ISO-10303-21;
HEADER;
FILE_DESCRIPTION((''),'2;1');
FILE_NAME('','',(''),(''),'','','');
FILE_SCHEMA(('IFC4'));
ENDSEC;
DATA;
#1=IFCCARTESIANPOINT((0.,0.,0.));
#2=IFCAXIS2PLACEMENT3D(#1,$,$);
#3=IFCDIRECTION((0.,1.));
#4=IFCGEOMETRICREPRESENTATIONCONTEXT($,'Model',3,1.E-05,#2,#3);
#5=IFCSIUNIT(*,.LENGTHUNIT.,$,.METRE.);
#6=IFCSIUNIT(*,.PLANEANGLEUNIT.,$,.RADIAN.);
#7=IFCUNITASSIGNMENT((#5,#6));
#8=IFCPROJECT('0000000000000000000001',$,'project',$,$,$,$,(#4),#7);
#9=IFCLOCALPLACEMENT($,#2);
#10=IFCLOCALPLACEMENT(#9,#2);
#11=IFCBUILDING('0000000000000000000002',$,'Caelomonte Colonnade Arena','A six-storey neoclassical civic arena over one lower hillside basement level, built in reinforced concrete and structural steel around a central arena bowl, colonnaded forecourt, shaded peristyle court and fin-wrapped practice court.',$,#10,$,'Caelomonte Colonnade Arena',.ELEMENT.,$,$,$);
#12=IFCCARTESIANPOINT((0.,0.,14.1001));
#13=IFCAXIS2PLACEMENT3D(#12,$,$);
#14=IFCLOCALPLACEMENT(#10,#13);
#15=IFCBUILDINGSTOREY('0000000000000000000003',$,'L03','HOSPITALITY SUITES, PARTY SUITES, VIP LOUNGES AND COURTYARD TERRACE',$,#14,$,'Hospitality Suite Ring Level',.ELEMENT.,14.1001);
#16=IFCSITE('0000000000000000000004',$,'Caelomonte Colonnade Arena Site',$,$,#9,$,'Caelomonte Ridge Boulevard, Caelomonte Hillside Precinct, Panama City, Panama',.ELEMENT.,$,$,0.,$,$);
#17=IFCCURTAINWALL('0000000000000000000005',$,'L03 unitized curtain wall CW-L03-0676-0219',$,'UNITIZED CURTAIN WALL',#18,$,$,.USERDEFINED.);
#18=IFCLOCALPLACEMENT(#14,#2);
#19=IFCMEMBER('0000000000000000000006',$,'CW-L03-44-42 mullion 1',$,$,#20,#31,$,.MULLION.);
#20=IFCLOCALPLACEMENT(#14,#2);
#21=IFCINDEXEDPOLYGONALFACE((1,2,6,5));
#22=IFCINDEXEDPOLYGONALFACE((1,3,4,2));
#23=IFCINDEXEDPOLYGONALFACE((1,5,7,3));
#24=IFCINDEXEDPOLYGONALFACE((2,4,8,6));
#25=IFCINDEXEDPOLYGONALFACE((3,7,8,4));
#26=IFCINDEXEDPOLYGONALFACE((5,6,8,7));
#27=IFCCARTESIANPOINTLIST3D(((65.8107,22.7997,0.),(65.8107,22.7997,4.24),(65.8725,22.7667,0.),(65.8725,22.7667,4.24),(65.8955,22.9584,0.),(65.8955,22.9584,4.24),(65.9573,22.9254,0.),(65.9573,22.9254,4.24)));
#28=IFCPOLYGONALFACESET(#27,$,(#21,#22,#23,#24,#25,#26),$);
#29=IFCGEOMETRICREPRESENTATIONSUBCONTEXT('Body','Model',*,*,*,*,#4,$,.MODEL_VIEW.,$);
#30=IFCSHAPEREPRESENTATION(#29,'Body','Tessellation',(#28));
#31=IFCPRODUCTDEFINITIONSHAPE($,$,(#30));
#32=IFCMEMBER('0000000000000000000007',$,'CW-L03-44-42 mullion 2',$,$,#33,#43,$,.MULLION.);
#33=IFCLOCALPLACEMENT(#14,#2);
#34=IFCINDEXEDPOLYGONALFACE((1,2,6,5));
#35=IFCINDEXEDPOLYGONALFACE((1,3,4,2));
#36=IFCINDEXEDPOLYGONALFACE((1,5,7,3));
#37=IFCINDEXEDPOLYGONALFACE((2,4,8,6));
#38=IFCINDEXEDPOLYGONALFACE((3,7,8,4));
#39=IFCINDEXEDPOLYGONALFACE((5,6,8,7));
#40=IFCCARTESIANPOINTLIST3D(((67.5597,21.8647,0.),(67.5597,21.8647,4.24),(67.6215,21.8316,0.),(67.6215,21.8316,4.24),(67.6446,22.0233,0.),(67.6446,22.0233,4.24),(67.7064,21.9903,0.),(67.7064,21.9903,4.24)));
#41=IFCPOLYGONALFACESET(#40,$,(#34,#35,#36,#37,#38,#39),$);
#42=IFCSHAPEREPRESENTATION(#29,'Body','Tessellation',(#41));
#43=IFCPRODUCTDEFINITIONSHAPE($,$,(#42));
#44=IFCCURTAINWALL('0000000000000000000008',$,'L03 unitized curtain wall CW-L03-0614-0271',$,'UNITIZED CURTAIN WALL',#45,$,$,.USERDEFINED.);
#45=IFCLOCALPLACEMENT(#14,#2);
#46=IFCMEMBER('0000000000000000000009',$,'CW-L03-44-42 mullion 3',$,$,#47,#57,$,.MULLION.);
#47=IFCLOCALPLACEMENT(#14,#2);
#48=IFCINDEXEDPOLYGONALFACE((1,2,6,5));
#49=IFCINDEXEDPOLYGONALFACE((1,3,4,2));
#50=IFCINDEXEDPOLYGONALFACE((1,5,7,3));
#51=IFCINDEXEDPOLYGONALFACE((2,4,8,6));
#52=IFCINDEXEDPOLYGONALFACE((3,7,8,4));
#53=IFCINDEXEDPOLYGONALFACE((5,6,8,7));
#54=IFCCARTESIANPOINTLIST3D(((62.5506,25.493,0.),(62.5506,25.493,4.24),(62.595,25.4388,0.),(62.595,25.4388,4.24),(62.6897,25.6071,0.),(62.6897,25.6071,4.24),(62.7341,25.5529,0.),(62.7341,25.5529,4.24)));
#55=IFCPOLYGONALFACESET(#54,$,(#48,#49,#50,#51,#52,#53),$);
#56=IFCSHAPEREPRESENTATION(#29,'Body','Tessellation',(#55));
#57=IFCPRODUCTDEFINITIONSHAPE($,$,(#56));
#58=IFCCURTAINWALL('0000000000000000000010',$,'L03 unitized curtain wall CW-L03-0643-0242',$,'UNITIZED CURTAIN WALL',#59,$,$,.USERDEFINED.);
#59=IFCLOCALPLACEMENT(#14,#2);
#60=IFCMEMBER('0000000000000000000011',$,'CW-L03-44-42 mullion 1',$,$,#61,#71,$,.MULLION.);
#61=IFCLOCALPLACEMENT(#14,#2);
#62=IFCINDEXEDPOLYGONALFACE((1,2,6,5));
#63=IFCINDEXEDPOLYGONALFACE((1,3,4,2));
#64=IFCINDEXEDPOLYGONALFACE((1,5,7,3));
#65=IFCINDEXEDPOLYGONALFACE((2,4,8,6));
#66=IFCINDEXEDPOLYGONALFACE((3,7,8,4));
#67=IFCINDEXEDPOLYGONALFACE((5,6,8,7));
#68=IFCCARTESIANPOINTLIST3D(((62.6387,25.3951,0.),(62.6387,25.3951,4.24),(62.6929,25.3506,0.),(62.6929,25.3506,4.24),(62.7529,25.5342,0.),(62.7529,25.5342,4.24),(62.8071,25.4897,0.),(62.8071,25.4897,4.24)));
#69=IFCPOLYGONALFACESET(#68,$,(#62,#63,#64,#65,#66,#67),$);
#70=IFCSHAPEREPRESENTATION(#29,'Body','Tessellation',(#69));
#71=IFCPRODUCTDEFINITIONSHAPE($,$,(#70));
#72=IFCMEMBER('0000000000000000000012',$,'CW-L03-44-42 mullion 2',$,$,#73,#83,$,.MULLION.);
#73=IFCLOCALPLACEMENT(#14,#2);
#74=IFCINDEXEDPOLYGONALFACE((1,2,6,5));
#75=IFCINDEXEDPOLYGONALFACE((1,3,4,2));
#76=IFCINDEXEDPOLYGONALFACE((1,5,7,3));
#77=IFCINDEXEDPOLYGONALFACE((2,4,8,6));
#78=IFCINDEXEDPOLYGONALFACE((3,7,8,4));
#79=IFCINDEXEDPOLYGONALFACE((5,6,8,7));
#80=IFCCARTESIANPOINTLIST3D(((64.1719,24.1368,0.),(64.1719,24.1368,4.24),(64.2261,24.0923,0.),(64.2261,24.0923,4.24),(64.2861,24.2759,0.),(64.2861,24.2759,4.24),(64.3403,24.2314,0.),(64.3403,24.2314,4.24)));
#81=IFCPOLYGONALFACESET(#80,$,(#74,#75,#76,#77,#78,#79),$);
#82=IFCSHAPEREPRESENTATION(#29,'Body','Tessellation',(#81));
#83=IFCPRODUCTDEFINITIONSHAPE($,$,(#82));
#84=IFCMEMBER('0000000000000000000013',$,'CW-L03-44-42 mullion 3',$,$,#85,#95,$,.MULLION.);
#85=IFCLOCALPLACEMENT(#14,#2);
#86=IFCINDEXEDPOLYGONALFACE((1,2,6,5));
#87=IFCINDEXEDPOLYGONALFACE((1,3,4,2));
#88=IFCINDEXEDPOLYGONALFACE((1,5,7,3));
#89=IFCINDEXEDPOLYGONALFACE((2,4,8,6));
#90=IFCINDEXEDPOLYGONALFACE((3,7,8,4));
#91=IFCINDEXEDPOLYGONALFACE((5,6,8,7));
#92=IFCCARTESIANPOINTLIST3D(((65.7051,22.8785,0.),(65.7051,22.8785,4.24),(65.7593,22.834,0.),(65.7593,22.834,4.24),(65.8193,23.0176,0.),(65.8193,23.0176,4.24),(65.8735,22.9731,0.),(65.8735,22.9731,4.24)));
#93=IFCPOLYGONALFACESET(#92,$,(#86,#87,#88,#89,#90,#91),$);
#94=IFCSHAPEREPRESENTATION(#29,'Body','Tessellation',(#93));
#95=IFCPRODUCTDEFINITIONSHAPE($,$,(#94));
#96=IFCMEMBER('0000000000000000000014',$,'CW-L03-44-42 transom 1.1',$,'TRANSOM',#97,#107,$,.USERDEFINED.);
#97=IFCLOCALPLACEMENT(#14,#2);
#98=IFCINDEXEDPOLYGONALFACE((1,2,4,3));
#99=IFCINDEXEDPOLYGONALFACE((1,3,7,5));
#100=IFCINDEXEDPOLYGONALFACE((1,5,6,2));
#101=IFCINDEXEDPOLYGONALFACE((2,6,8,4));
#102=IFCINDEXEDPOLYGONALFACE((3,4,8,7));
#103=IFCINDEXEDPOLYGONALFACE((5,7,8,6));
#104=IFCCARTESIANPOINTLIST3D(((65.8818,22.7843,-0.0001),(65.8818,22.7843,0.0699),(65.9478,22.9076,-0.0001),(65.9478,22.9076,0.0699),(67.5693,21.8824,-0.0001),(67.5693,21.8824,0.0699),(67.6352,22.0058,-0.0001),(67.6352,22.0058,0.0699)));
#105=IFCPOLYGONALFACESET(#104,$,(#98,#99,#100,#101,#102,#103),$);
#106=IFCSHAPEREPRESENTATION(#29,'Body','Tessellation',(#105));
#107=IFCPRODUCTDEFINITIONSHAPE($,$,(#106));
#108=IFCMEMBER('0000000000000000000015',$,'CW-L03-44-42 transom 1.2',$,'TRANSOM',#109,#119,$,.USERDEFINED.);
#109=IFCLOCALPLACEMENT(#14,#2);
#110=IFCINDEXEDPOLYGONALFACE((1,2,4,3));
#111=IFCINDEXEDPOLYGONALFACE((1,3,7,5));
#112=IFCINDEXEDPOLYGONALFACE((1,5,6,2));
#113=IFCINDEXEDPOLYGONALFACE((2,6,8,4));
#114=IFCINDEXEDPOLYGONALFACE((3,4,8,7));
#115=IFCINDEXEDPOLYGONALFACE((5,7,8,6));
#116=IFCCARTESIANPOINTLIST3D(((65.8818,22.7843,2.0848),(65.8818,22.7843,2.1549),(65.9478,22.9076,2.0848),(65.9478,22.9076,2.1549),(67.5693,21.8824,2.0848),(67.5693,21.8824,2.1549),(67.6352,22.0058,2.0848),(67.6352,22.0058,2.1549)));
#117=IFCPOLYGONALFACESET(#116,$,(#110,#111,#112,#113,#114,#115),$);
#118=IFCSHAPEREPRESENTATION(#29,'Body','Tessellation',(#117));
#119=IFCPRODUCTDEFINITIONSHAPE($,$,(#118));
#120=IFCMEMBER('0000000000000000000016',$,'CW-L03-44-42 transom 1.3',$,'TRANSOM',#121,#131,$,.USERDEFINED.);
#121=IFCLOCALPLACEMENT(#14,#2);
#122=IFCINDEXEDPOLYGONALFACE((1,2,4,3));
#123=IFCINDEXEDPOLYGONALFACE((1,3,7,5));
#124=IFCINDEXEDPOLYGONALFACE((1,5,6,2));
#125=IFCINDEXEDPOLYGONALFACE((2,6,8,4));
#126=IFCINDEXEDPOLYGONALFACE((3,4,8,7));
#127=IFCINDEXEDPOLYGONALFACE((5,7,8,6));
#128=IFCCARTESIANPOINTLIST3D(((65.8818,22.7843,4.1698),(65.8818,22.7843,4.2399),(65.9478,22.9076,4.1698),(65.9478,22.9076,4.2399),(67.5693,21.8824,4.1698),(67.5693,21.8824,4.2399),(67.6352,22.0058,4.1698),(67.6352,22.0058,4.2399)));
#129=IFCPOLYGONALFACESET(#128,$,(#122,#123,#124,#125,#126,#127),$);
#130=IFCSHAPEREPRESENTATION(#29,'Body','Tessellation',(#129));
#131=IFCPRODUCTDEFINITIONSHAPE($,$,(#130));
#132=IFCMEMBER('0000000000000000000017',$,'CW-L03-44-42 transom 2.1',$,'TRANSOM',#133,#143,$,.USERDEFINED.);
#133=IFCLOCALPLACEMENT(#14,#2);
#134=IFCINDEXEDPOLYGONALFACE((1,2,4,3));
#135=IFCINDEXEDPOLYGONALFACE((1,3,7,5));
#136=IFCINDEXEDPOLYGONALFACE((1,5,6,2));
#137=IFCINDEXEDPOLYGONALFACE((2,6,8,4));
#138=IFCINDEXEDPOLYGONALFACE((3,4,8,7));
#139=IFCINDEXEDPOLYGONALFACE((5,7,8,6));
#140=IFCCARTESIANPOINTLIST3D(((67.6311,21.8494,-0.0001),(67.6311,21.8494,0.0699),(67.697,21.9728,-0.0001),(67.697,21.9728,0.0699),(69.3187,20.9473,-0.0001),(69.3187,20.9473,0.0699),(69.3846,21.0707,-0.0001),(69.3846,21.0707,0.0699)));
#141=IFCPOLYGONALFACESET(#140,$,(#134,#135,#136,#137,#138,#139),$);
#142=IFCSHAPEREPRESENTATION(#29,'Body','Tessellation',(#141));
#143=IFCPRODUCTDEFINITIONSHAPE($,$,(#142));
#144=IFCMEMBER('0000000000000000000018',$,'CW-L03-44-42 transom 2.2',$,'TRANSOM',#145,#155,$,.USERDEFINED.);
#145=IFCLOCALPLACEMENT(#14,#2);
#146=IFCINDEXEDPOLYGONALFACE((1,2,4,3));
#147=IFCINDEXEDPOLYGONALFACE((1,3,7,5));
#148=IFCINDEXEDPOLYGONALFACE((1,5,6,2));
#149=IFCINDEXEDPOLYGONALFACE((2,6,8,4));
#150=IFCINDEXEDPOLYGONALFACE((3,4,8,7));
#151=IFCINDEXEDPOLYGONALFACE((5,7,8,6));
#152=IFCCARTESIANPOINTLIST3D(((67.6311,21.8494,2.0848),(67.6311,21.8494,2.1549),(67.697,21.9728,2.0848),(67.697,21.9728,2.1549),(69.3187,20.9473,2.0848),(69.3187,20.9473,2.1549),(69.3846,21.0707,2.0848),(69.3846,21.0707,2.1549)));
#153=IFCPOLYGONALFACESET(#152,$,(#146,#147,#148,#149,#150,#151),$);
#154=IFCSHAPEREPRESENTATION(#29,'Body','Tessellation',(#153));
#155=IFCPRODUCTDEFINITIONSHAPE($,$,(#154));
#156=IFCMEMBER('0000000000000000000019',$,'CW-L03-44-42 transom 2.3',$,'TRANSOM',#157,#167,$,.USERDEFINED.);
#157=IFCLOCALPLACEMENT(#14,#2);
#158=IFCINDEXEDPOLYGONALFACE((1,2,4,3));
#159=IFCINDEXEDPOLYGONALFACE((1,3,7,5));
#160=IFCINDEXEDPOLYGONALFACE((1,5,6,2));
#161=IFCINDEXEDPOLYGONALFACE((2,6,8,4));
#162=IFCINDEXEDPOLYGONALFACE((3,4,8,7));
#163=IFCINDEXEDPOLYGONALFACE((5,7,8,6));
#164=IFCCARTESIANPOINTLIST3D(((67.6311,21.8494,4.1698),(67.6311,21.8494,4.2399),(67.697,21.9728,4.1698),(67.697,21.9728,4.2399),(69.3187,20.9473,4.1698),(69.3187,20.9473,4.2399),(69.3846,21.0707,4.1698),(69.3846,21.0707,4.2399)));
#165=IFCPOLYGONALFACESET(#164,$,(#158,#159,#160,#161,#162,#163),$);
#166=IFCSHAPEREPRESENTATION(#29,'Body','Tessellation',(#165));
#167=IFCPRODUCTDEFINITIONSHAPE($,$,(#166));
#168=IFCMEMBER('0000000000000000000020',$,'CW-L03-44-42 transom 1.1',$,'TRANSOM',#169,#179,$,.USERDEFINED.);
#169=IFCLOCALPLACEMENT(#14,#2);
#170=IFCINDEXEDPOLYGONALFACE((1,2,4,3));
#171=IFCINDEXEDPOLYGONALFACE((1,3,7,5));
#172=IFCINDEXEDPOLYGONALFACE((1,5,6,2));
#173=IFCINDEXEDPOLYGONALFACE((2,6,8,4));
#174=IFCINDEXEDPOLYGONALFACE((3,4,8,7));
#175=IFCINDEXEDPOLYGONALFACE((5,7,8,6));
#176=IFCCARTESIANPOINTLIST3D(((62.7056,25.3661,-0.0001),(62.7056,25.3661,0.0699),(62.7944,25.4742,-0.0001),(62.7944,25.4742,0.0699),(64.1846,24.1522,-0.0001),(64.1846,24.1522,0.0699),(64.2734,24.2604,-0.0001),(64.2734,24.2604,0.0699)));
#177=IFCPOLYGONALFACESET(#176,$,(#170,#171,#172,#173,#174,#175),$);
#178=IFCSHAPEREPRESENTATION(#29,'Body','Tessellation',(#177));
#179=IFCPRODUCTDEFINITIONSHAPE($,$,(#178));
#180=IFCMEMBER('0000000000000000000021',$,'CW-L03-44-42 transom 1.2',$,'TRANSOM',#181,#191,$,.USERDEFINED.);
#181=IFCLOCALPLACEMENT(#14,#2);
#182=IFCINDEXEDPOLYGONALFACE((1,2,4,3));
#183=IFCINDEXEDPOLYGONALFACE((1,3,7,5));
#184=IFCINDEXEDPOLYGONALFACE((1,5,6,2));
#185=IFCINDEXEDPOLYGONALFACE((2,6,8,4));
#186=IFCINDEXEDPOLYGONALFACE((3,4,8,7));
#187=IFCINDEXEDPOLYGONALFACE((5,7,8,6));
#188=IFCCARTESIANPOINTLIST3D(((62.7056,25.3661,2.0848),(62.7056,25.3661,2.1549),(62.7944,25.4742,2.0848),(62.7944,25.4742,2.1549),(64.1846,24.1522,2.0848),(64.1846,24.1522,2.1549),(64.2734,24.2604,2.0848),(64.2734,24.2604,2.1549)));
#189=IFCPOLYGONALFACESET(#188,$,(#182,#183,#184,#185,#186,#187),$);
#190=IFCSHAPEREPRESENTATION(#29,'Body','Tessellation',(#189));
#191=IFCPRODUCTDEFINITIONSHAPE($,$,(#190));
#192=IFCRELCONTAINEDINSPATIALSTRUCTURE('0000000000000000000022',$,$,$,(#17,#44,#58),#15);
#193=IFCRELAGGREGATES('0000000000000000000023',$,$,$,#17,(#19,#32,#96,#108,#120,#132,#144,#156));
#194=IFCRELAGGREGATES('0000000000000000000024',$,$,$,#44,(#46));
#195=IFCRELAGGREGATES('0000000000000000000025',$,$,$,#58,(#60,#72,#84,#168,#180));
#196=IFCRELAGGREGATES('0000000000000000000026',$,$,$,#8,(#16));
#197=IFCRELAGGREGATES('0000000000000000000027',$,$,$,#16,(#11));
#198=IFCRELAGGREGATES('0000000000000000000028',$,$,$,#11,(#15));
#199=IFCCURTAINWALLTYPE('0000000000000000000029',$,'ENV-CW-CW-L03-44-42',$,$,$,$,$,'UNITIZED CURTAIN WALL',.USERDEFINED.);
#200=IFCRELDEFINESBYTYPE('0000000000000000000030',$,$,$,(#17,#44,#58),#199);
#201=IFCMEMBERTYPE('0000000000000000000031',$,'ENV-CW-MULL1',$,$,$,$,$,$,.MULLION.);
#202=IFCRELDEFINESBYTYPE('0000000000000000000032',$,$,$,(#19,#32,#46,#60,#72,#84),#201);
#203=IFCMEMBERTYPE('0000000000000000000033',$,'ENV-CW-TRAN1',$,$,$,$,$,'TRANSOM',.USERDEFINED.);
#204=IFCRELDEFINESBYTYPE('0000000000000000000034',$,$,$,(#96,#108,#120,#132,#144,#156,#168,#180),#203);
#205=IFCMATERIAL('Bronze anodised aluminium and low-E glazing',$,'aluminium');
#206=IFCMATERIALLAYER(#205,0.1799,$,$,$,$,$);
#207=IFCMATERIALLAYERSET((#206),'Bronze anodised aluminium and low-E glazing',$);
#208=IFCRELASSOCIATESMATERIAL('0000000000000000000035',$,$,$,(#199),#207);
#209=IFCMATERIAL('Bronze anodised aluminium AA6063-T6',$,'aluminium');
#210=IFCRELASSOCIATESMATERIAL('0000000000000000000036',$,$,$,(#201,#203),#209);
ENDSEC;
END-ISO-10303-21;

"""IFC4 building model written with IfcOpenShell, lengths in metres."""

from ifc_helpers import new_model, si_unit, direction, frame, origin, origin_2d, place, context, subcontext, project, spatial, rectangle, extrude, material, layer, layer_set, material_profile, profile_set, type_object, element, aggregate, save


model = new_model("IFC4")

# Units and contexts
model_context = context("Model", 3, precision=1e-05, world=origin(), true_north=direction((0.0, 1.0)))
body_context = subcontext(model_context, "Body", "Model", "MODEL_VIEW")
ifc_project = project(units=[si_unit("LENGTHUNIT", "METRE"), si_unit("PLANEANGLEUNIT", "RADIAN")], contexts=[model_context])

# Site, building, storey
site_placement = place(None, origin())
site = spatial("IfcSite", under=ifc_project, at=site_placement, Name="Caelomonte Colonnade Arena Site", LongName="Caelomonte Ridge Boulevard, Caelomonte Hillside Precinct, Panama City, Panama", CompositionType="ELEMENT", RefElevation=0.0)
building_placement = place(site_placement, origin())
building = spatial("IfcBuilding", under=site, at=building_placement, Name="Caelomonte Colonnade Arena", Description="A six-storey neoclassical civic arena over one lower hillside basement level, built in reinforced concrete and structural steel around a central arena bowl, colonnaded forecourt, shaded peristyle court and fin-wrapped practice court.", LongName="Caelomonte Colonnade Arena", CompositionType="ELEMENT")
storey_placement = place(building_placement, frame((0.0, 0.0, 14.1001)))
storey = spatial("IfcBuildingStorey", under=building, at=storey_placement, Name="L03", Description="HOSPITALITY SUITES, PARTY SUITES, VIP LOUNGES AND COURTYARD TERRACE", LongName="Hospitality Suite Ring Level", CompositionType="ELEMENT", Elevation=14.1001)

# Curtain wall, members
ifc_material_1 = material(Name="Bronze anodised aluminium and low-E glazing", Category="aluminium")
ifc_layer_1 = layer(ifc_material_1, 0.1799)
ifc_layer_set_1 = layer_set([ifc_layer_1], Name="Bronze anodised aluminium and low-E glazing")
curtain_wall_type = type_object("IfcCurtainWallType", Name="ENV-CW-CW-L03-44-42", ElementType="UNITIZED CURTAIN WALL", PredefinedType="USERDEFINED", material=ifc_layer_set_1)
curtain_wall_1_placement = place(storey_placement, origin())
curtain_wall_1 = element("IfcCurtainWall", 1, at=curtain_wall_1_placement, inside=storey, type_object=curtain_wall_type, Name="L03 unitized curtain wall CW-L03-0676-0219", ObjectType="UNITIZED CURTAIN WALL", PredefinedType="USERDEFINED")
ifc_material_2 = material(Name="Bronze anodised aluminium AA6063-T6", Category="aluminium")
ifc_material_profile_1 = material_profile(ifc_material_2, rectangle(XDim=0.0701, YDim=0.1799, at=origin_2d()), Name="CWM-70X180")
ifc_profile_set_1 = profile_set([ifc_material_profile_1], Name="Bronze anodised aluminium AA6063-T6")
member_type_1 = type_object("IfcMemberType", Name="ENV-CW-MULL1", PredefinedType="MULLION", material=ifc_profile_set_1)
member_1_placement = place(storey_placement, frame((65.884, 22.8625, 0.0), z_axis=(0.0, 0.0, 1.0), x_axis=(0.881923, -0.471394, 0.0)))
member_1 = element("IfcMember", 2, at=member_1_placement, type_object=member_type_1, Name="CW-L03-44-42 mullion 1", PredefinedType="MULLION", context=body_context, shape_type="SweptSolid", body=[
    extrude(rectangle(XDim=0.0701, YDim=0.1799, at=origin_2d()), origin(), (0.0, 0.0, 1.0), 4.24),
])
member_2_placement = place(storey_placement, frame((67.6331, 21.9275, 0.0), z_axis=(0.0, 0.0, 1.0), x_axis=(0.881923, -0.471394, 0.0)))
member_2 = element("IfcMember", 3, at=member_2_placement, type_object=member_type_1, Name="CW-L03-44-42 mullion 2", PredefinedType="MULLION", context=body_context, shape_type="SweptSolid", body=[
    extrude(rectangle(XDim=0.0701, YDim=0.1799, at=origin_2d()), origin(), (0.0, 0.0, 1.0), 4.24),
])

# Curtain wall, member
curtain_wall_2_placement = place(storey_placement, origin())
curtain_wall_2 = element("IfcCurtainWall", 4, at=curtain_wall_2_placement, inside=storey, type_object=curtain_wall_type, Name="L03 unitized curtain wall CW-L03-0614-0271", ObjectType="UNITIZED CURTAIN WALL", PredefinedType="USERDEFINED")
member_3_placement = place(storey_placement, frame((62.6423, 25.5229, 0.0), z_axis=(0.0, 0.0, 1.0), x_axis=(0.634416, -0.772992, 0.0)))
member_3 = element("IfcMember", 5, at=member_3_placement, type_object=member_type_1, Name="CW-L03-44-42 mullion 3", PredefinedType="MULLION", context=body_context, shape_type="SweptSolid", body=[
    extrude(rectangle(XDim=0.0701, YDim=0.1799, at=origin_2d()), origin(), (0.0, 0.0, 1.0), 4.24),
])

# Curtain wall, members
curtain_wall_3_placement = place(storey_placement, origin())
curtain_wall_3 = element("IfcCurtainWall", 6, at=curtain_wall_3_placement, inside=storey, type_object=curtain_wall_type, Name="L03 unitized curtain wall CW-L03-0643-0242", ObjectType="UNITIZED CURTAIN WALL", PredefinedType="USERDEFINED")
member_4_placement = place(storey_placement, frame((62.7229, 25.4424, 0.0), z_axis=(0.0, 0.0, 1.0), x_axis=(0.772992, -0.634416, 0.0)))
member_4 = element("IfcMember", 7, at=member_4_placement, type_object=member_type_1, Name="CW-L03-44-42 mullion 1", PredefinedType="MULLION", context=body_context, shape_type="SweptSolid", body=[
    extrude(rectangle(XDim=0.0701, YDim=0.1799, at=origin_2d()), origin(), (0.0, 0.0, 1.0), 4.24),
])
member_5_placement = place(storey_placement, frame((64.2561, 24.1841, 0.0), z_axis=(0.0, 0.0, 1.0), x_axis=(0.772992, -0.634416, 0.0)))
member_5 = element("IfcMember", 8, at=member_5_placement, type_object=member_type_1, Name="CW-L03-44-42 mullion 2", PredefinedType="MULLION", context=body_context, shape_type="SweptSolid", body=[
    extrude(rectangle(XDim=0.0701, YDim=0.1799, at=origin_2d()), origin(), (0.0, 0.0, 1.0), 4.24),
])
member_6_placement = place(storey_placement, frame((65.7893, 22.9258, 0.0), z_axis=(0.0, 0.0, 1.0), x_axis=(0.772992, -0.634416, 0.0)))
member_6 = element("IfcMember", 9, at=member_6_placement, type_object=member_type_1, Name="CW-L03-44-42 mullion 3", PredefinedType="MULLION", context=body_context, shape_type="SweptSolid", body=[
    extrude(rectangle(XDim=0.0701, YDim=0.1799, at=origin_2d()), origin(), (0.0, 0.0, 1.0), 4.24),
])

# Members
ifc_material_profile_2 = material_profile(ifc_material_2, rectangle(XDim=0.0701, YDim=0.1399, at=origin_2d()), Name="CWT-70X140")
ifc_profile_set_2 = profile_set([ifc_material_profile_2], Name="Bronze anodised aluminium AA6063-T6")
member_type_2 = type_object("IfcMemberType", Name="ENV-CW-TRAN1", ElementType="TRANSOM", PredefinedType="USERDEFINED", material=ifc_profile_set_2)
member_7_placement = place(storey_placement, frame((65.9148, 22.8459, 0.0349), z_axis=(0.88195, -0.471343, 0.0), x_axis=(0.0, 0.0, 1.0)))
member_7 = element("IfcMember", 10, at=member_7_placement, type_object=member_type_2, Name="CW-L03-44-42 transom 1.1", ObjectType="TRANSOM", PredefinedType="USERDEFINED", context=body_context, shape_type="SweptSolid", body=[
    extrude(rectangle(XDim=0.0701, YDim=0.1399, at=origin_2d()), origin(), (0.0, 0.0, 1.0), 1.9133),
])
member_8_placement = place(storey_placement, frame((65.9148, 22.8459, 2.1199), z_axis=(0.88195, -0.471343, 0.0), x_axis=(0.0, 0.0, 1.0)))
member_8 = element("IfcMember", 11, at=member_8_placement, type_object=member_type_2, Name="CW-L03-44-42 transom 1.2", ObjectType="TRANSOM", PredefinedType="USERDEFINED", context=body_context, shape_type="SweptSolid", body=[
    extrude(rectangle(XDim=0.0701, YDim=0.1399, at=origin_2d()), origin(), (0.0, 0.0, 1.0), 1.9133),
])
member_9_placement = place(storey_placement, frame((65.9148, 22.8459, 4.2048), z_axis=(0.88195, -0.471343, 0.0), x_axis=(0.0, 0.0, 1.0)))
member_9 = element("IfcMember", 12, at=member_9_placement, type_object=member_type_2, Name="CW-L03-44-42 transom 1.3", ObjectType="TRANSOM", PredefinedType="USERDEFINED", context=body_context, shape_type="SweptSolid", body=[
    extrude(rectangle(XDim=0.0701, YDim=0.1399, at=origin_2d()), origin(), (0.0, 0.0, 1.0), 1.9133),
])
member_10_placement = place(storey_placement, frame((67.6641, 21.9111, 0.0349), z_axis=(0.881897, -0.471442, 0.0), x_axis=(0.0, 0.0, 1.0)))
member_10 = element("IfcMember", 13, at=member_10_placement, type_object=member_type_2, Name="CW-L03-44-42 transom 2.1", ObjectType="TRANSOM", PredefinedType="USERDEFINED", context=body_context, shape_type="SweptSolid", body=[
    extrude(rectangle(XDim=0.0701, YDim=0.1399, at=origin_2d()), origin(), (0.0, 0.0, 1.0), 1.9136),
])
member_11_placement = place(storey_placement, frame((67.6641, 21.9111, 2.1199), z_axis=(0.881897, -0.471442, 0.0), x_axis=(0.0, 0.0, 1.0)))
member_11 = element("IfcMember", 14, at=member_11_placement, type_object=member_type_2, Name="CW-L03-44-42 transom 2.2", ObjectType="TRANSOM", PredefinedType="USERDEFINED", context=body_context, shape_type="SweptSolid", body=[
    extrude(rectangle(XDim=0.0701, YDim=0.1399, at=origin_2d()), origin(), (0.0, 0.0, 1.0), 1.9136),
])
member_12_placement = place(storey_placement, frame((67.6641, 21.9111, 4.2048), z_axis=(0.881897, -0.471442, 0.0), x_axis=(0.0, 0.0, 1.0)))
member_12 = element("IfcMember", 15, at=member_12_placement, type_object=member_type_2, Name="CW-L03-44-42 transom 2.3", ObjectType="TRANSOM", PredefinedType="USERDEFINED", context=body_context, shape_type="SweptSolid", body=[
    extrude(rectangle(XDim=0.0701, YDim=0.1399, at=origin_2d()), origin(), (0.0, 0.0, 1.0), 1.9136),
])
member_13_placement = place(storey_placement, frame((62.75, 25.4202, 0.0349), z_axis=(0.77299, -0.634418, 0.0), x_axis=(0.0, 0.0, 1.0)))
member_13 = element("IfcMember", 16, at=member_13_placement, type_object=member_type_2, Name="CW-L03-44-42 transom 1.1", ObjectType="TRANSOM", PredefinedType="USERDEFINED", context=body_context, shape_type="SweptSolid", body=[
    extrude(rectangle(XDim=0.0701, YDim=0.1399, at=origin_2d()), origin(), (0.0, 0.0, 1.0), 1.9133),
])
member_14_placement = place(storey_placement, frame((62.75, 25.4202, 2.1199), z_axis=(0.77299, -0.634418, 0.0), x_axis=(0.0, 0.0, 1.0)))
member_14 = element("IfcMember", 17, at=member_14_placement, type_object=member_type_2, Name="CW-L03-44-42 transom 1.2", ObjectType="TRANSOM", PredefinedType="USERDEFINED", context=body_context, shape_type="SweptSolid", body=[
    extrude(rectangle(XDim=0.0701, YDim=0.1399, at=origin_2d()), origin(), (0.0, 0.0, 1.0), 1.9133),
])

aggregate(curtain_wall_1, [member_1, member_2, member_7, member_8, member_9, member_10, member_11, member_12])
aggregate(curtain_wall_2, [member_3])
aggregate(curtain_wall_3, [member_4, member_5, member_6, member_13, member_14])

save(model, "model.ifc")
